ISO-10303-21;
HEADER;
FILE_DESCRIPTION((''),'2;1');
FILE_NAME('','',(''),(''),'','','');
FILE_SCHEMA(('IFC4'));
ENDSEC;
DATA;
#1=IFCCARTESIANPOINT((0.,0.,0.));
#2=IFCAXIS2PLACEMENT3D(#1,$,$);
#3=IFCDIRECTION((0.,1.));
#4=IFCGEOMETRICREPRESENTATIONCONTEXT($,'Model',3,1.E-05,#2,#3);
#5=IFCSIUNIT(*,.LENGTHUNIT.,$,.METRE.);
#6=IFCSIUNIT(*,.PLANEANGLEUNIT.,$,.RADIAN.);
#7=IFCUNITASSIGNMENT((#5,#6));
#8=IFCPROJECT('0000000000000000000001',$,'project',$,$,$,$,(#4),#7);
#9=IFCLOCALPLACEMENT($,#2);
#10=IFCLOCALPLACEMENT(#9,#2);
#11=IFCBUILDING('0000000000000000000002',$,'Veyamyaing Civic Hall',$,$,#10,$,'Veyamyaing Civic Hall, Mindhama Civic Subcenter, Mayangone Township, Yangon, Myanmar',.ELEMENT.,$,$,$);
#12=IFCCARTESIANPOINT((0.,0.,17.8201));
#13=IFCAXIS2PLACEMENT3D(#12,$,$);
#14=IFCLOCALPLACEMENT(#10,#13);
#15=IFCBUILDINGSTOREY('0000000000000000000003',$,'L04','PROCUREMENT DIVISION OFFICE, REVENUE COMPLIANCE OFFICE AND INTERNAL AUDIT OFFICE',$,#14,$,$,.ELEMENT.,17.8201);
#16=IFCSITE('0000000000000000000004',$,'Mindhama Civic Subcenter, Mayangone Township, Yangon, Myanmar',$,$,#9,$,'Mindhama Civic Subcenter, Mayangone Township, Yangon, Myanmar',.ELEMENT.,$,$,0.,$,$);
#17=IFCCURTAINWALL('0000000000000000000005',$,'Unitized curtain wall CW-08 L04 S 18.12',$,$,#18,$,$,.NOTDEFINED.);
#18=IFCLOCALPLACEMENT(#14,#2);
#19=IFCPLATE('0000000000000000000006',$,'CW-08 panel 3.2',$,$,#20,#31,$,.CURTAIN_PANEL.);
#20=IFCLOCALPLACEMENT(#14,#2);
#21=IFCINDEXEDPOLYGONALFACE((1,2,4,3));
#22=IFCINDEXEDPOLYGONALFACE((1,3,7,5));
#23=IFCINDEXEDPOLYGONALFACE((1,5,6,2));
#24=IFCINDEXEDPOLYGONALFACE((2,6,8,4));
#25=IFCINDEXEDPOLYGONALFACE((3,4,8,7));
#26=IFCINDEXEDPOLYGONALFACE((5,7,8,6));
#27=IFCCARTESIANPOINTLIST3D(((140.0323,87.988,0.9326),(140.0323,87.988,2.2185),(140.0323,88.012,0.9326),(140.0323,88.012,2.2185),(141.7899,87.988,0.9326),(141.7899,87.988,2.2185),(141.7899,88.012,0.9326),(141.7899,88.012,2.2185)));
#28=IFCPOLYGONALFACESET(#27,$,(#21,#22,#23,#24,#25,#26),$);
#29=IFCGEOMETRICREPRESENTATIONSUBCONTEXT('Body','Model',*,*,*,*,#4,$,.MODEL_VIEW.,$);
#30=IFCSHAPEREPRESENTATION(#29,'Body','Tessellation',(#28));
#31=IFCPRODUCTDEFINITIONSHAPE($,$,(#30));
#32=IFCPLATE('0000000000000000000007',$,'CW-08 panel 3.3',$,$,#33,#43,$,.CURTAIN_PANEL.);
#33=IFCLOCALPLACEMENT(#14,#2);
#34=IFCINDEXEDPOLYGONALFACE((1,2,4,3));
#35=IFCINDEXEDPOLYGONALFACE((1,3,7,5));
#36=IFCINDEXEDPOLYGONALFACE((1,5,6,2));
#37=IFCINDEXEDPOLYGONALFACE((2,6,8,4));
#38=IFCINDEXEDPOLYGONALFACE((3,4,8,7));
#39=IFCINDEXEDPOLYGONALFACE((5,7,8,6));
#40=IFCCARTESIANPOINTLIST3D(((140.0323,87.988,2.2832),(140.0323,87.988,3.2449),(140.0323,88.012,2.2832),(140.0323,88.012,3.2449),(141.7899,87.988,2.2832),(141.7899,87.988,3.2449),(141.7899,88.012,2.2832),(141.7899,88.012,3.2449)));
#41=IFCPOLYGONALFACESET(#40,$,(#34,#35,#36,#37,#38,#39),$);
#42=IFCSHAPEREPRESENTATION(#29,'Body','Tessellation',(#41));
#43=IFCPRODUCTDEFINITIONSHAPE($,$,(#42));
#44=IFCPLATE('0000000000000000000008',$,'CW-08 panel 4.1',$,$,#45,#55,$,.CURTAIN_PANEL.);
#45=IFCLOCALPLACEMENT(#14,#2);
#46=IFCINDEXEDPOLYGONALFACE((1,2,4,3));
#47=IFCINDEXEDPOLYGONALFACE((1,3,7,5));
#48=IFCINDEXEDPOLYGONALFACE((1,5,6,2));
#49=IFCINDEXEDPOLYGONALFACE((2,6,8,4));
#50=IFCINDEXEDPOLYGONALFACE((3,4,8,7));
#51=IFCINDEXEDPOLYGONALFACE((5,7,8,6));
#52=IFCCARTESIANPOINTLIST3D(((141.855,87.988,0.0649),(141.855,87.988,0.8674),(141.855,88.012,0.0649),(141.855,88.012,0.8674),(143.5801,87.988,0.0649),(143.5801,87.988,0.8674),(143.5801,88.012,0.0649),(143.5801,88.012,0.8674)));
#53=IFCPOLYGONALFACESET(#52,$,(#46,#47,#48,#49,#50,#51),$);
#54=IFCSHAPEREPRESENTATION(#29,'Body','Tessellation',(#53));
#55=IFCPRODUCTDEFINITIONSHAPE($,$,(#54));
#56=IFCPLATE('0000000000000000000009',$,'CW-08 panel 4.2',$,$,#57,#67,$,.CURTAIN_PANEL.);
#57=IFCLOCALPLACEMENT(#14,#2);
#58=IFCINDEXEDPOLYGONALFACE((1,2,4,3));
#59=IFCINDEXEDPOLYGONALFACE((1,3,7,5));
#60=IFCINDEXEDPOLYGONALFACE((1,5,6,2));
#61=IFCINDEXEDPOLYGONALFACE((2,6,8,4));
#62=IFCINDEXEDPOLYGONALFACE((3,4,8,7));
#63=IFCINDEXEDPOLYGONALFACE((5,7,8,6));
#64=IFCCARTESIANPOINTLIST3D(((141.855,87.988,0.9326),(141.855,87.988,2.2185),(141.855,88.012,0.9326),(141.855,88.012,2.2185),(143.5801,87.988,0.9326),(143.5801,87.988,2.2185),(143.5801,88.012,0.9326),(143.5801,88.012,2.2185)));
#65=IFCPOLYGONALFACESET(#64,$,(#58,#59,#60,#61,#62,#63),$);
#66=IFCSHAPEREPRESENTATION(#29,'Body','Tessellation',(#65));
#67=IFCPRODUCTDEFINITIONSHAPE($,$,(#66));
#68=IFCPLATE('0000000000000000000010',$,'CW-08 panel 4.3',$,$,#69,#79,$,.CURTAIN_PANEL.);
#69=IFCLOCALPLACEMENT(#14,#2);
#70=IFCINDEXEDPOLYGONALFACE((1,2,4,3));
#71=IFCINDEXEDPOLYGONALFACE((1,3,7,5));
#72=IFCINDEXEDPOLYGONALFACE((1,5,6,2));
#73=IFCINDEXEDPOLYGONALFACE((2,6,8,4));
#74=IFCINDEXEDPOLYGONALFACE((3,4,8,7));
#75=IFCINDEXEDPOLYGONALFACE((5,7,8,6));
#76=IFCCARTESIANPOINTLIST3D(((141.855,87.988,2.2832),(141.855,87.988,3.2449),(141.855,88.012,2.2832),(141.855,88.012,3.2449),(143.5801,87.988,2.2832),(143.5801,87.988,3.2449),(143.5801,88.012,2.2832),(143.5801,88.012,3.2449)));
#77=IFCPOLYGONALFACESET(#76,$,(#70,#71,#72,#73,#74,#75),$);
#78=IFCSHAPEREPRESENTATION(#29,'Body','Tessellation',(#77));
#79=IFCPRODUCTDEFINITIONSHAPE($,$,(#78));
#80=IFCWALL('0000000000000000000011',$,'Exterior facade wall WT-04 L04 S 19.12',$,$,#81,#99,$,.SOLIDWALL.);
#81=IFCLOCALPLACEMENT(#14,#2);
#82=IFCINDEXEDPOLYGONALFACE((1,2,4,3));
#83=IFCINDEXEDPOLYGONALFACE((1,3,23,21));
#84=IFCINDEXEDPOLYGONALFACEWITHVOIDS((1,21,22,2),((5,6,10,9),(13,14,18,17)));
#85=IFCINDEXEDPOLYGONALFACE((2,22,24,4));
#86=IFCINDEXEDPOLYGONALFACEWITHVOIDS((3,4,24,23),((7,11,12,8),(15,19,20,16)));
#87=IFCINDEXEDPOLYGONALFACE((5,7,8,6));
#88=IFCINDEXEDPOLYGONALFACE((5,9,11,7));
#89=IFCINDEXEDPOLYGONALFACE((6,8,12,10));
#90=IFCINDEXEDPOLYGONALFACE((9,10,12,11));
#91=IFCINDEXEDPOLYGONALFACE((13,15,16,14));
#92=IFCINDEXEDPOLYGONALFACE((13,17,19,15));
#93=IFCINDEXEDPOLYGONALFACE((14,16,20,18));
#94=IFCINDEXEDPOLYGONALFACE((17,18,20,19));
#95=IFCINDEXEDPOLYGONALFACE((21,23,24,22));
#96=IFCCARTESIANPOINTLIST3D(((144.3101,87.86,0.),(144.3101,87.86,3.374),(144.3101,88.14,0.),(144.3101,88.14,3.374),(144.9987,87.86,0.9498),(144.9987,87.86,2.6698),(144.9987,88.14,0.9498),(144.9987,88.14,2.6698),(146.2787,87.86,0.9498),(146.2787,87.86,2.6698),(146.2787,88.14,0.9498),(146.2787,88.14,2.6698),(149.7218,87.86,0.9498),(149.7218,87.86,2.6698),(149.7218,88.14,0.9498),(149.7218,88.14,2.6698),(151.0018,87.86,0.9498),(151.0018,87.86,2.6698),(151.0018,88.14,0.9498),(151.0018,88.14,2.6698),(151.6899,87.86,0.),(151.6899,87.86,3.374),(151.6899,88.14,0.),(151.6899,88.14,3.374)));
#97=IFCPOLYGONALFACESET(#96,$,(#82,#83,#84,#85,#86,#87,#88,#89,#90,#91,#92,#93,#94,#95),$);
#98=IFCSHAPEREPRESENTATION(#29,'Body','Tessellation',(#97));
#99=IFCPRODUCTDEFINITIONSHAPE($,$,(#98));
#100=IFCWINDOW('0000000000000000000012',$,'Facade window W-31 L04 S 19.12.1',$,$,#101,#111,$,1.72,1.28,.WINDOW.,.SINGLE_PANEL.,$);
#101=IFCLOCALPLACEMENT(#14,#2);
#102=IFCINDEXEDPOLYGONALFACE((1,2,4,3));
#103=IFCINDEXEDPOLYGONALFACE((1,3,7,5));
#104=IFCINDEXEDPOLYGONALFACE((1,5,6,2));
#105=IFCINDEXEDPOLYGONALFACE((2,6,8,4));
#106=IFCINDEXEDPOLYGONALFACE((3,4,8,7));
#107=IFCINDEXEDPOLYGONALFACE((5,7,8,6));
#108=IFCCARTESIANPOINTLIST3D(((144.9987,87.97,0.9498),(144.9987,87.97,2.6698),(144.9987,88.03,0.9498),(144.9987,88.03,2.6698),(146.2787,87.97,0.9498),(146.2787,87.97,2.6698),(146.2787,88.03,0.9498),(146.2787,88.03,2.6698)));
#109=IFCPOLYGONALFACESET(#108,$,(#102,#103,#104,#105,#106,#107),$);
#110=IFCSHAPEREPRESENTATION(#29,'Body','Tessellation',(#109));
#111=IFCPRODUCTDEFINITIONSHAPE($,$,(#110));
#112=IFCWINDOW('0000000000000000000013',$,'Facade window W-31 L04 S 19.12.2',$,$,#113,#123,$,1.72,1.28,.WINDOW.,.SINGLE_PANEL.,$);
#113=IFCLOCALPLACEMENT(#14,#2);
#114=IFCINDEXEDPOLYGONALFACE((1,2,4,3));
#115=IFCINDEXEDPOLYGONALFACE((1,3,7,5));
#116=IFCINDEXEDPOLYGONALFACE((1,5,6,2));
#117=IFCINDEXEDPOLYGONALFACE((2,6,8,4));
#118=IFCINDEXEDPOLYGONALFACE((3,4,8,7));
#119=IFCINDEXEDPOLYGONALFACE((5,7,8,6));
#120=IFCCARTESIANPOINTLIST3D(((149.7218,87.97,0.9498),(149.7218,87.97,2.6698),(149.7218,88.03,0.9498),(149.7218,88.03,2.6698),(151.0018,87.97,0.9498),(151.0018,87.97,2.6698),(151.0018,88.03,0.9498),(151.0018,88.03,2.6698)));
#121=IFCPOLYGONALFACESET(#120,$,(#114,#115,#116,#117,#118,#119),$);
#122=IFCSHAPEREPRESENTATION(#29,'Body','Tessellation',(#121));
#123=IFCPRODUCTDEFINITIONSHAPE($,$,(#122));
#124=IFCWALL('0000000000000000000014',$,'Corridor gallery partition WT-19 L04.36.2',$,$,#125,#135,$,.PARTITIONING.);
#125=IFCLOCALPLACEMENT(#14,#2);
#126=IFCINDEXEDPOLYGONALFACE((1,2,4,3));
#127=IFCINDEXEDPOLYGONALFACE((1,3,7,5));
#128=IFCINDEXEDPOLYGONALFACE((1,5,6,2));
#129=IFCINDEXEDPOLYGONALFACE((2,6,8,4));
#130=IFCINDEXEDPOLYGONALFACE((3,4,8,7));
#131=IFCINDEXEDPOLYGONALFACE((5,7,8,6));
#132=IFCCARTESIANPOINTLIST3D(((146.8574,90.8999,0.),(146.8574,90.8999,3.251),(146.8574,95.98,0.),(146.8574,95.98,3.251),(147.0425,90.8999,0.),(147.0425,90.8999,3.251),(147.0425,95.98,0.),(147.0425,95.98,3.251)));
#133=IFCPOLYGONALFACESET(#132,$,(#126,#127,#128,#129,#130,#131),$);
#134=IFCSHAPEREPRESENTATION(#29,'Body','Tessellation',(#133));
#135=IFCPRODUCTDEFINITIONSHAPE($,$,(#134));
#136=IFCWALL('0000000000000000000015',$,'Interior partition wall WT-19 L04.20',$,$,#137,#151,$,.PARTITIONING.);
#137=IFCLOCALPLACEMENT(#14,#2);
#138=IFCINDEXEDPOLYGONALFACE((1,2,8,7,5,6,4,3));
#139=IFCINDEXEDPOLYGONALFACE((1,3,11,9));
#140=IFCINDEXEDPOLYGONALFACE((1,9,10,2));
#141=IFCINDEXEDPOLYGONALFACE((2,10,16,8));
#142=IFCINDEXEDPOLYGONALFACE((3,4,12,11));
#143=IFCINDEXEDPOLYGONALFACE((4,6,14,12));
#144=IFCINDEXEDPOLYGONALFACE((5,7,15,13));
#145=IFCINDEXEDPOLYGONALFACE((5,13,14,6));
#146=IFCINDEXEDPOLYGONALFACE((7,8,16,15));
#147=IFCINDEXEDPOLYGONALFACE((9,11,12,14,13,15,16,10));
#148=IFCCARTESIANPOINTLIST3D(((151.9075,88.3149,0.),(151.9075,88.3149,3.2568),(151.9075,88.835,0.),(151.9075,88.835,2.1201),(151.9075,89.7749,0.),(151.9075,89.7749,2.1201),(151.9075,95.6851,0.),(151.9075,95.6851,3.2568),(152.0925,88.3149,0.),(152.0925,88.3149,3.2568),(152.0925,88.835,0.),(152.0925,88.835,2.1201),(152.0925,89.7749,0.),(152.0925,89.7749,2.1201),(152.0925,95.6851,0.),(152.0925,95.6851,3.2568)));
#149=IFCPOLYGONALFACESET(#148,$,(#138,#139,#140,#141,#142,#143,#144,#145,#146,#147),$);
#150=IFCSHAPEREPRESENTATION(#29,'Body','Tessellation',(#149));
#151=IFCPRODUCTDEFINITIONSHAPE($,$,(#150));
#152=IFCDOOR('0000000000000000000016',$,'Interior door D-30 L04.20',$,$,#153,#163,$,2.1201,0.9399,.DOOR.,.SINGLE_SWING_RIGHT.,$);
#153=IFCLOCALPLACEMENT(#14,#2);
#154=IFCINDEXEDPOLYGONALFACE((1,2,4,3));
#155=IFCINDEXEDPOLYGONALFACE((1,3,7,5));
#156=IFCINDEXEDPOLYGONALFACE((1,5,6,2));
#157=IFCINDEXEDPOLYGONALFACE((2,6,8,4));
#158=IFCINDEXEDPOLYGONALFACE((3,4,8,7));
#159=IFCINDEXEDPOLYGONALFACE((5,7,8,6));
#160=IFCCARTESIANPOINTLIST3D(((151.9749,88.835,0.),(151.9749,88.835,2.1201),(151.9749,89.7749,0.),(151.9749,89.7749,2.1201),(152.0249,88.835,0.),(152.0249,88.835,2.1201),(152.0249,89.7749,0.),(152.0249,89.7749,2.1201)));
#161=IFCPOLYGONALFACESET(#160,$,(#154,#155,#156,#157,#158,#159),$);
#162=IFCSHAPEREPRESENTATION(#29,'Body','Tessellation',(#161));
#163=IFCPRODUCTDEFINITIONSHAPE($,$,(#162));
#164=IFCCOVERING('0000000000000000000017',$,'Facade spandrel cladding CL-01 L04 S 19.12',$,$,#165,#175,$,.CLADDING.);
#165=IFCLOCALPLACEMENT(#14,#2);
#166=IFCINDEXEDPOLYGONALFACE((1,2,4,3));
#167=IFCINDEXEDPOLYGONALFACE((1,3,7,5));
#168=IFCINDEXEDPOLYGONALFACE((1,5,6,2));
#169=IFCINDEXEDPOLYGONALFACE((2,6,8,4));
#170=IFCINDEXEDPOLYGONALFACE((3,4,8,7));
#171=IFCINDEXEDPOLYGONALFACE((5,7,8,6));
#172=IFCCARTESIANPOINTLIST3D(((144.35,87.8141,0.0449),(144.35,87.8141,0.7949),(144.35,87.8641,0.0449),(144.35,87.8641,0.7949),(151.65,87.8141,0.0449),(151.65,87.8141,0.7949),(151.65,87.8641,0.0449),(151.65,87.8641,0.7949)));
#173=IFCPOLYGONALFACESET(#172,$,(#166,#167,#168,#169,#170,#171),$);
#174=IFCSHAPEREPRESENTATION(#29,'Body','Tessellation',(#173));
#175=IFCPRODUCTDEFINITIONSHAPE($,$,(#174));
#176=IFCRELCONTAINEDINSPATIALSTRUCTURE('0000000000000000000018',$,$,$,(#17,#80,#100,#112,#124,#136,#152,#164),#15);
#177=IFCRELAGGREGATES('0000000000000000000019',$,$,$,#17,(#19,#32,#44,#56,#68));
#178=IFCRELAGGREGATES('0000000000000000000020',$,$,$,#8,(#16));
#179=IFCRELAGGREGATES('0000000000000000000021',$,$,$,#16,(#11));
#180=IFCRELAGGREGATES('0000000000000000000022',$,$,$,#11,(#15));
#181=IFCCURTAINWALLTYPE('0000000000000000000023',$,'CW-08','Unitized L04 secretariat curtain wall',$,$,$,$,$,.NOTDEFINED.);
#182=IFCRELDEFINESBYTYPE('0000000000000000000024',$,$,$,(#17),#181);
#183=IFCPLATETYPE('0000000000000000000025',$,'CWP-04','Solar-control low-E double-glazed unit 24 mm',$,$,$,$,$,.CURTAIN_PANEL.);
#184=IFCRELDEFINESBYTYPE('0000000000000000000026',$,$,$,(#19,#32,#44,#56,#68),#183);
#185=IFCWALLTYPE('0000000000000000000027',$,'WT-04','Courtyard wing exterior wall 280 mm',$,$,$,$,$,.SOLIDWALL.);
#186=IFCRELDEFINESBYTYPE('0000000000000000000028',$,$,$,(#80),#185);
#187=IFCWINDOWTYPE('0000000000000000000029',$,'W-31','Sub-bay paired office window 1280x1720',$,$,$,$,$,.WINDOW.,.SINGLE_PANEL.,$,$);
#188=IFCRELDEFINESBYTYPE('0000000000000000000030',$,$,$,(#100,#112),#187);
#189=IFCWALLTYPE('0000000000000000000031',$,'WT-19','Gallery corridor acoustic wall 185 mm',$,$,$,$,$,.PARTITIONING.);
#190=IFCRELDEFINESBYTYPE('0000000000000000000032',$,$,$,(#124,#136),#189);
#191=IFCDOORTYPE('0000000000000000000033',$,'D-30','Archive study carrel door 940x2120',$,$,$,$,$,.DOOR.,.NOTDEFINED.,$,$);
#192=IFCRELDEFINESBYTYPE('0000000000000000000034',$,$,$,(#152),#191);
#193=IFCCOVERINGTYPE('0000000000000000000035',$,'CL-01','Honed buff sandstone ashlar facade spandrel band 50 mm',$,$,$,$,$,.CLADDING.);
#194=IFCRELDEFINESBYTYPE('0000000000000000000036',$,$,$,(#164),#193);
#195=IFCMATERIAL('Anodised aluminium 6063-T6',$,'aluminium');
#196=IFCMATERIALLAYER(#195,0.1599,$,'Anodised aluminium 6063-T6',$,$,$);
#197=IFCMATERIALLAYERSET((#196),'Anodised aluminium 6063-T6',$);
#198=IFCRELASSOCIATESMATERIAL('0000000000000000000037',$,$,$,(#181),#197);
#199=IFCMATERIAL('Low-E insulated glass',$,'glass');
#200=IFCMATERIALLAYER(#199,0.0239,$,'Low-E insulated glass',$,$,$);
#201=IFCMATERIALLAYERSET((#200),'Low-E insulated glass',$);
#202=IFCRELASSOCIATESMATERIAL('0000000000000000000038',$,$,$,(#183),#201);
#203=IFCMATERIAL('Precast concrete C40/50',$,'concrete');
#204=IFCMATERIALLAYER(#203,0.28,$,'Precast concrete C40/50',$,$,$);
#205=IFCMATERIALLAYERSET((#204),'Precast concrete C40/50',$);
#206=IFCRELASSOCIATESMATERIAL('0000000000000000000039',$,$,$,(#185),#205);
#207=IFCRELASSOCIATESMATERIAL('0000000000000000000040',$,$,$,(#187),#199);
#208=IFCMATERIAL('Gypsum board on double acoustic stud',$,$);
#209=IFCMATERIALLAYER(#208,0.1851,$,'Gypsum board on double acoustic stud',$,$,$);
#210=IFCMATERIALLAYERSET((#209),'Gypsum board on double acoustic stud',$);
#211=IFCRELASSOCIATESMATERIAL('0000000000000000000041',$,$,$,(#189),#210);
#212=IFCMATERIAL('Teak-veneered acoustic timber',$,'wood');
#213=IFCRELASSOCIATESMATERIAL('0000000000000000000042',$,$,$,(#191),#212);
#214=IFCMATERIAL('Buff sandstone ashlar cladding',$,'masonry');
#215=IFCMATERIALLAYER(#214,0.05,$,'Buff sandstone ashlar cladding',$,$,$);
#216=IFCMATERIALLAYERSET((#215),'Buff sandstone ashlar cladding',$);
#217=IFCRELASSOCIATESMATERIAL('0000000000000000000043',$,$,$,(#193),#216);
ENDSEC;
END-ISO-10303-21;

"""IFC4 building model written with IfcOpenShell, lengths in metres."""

from ifc_helpers import new_model, si_unit, direction, frame, frame_2d, origin, origin_2d, place, context, subcontext, project, spatial, rectangle, extrude, material, layer, layer_set, type_object, element, fill, aggregate, save


model = new_model("IFC4")

# Units and contexts
model_context = context("Model", 3, precision=1e-05, world=origin(), true_north=direction((0.0, 1.0)))
body_context = subcontext(model_context, "Body", "Model", "MODEL_VIEW")
ifc_project = project(units=[si_unit("LENGTHUNIT", "METRE"), si_unit("PLANEANGLEUNIT", "RADIAN")], contexts=[model_context])

# Site, building, storey
site_placement = place(None, origin())
site = spatial("IfcSite", under=ifc_project, at=site_placement, Name="Mindhama Civic Subcenter, Mayangone Township, Yangon, Myanmar", LongName="Mindhama Civic Subcenter, Mayangone Township, Yangon, Myanmar", CompositionType="ELEMENT", RefElevation=0.0)
building_placement = place(site_placement, origin())
building = spatial("IfcBuilding", under=site, at=building_placement, Name="Veyamyaing Civic Hall", LongName="Veyamyaing Civic Hall, Mindhama Civic Subcenter, Mayangone Township, Yangon, Myanmar", CompositionType="ELEMENT")
storey_placement = place(building_placement, frame((0.0, 0.0, 17.8201)))
storey = spatial("IfcBuildingStorey", under=building, at=storey_placement, Name="L04", Description="PROCUREMENT DIVISION OFFICE, REVENUE COMPLIANCE OFFICE AND INTERNAL AUDIT OFFICE", CompositionType="ELEMENT", Elevation=17.8201)

# Curtain wall
ifc_material_1 = material(Name="Anodised aluminium 6063-T6", Category="aluminium")
ifc_layer_1 = layer(ifc_material_1, 0.1599, Name="Anodised aluminium 6063-T6")
ifc_layer_set_1 = layer_set([ifc_layer_1], Name="Anodised aluminium 6063-T6")
curtain_wall_type = type_object("IfcCurtainWallType", Name="CW-08", Description="Unitized L04 secretariat curtain wall", PredefinedType="NOTDEFINED", material=ifc_layer_set_1)
curtain_wall_placement = place(storey_placement, origin())
curtain_wall = element("IfcCurtainWall", 1, at=curtain_wall_placement, inside=storey, type_object=curtain_wall_type, Name="Unitized curtain wall CW-08 L04 S 18.12", PredefinedType="NOTDEFINED")

# Plates
ifc_material_2 = material(Name="Low-E insulated glass", Category="glass")
ifc_layer_2 = layer(ifc_material_2, 0.0239, Name="Low-E insulated glass")
ifc_layer_set_2 = layer_set([ifc_layer_2], Name="Low-E insulated glass")
plate_type = type_object("IfcPlateType", Name="CWP-04", Description="Solar-control low-E double-glazed unit 24 mm", PredefinedType="CURTAIN_PANEL", material=ifc_layer_set_2)
plate_1_placement = place(storey_placement, frame((140.9111, 88.0, 0.9326), z_axis=(0.0, 0.0, 1.0), x_axis=(1.0, 0.0, 0.0)))
plate_1 = element("IfcPlate", 2, at=plate_1_placement, type_object=plate_type, Name="CW-08 panel 3.2", PredefinedType="CURTAIN_PANEL", context=body_context, shape_type="SweptSolid", body=[
    extrude(rectangle(XDim=1.7576, YDim=0.0239, at=origin_2d()), origin(), (0.0, 0.0, 1.0), 1.2859),
])
plate_2_placement = place(storey_placement, frame((140.9111, 88.0, 2.2832), z_axis=(0.0, 0.0, 1.0), x_axis=(1.0, 0.0, 0.0)))
plate_2 = element("IfcPlate", 3, at=plate_2_placement, type_object=plate_type, Name="CW-08 panel 3.3", PredefinedType="CURTAIN_PANEL", context=body_context, shape_type="SweptSolid", body=[
    extrude(rectangle(XDim=1.7576, YDim=0.0239, at=origin_2d()), origin(), (0.0, 0.0, 1.0), 0.9617),
])
plate_3_placement = place(storey_placement, frame((142.7175, 88.0, 0.0649), z_axis=(0.0, 0.0, 1.0), x_axis=(1.0, 0.0, 0.0)))
plate_3 = element("IfcPlate", 4, at=plate_3_placement, type_object=plate_type, Name="CW-08 panel 4.1", PredefinedType="CURTAIN_PANEL", context=body_context, shape_type="SweptSolid", body=[
    extrude(rectangle(XDim=1.7251, YDim=0.0239, at=origin_2d()), origin(), (0.0, 0.0, 1.0), 0.8025),
])
plate_4_placement = place(storey_placement, frame((142.7175, 88.0, 0.9326), z_axis=(0.0, 0.0, 1.0), x_axis=(1.0, 0.0, 0.0)))
plate_4 = element("IfcPlate", 5, at=plate_4_placement, type_object=plate_type, Name="CW-08 panel 4.2", PredefinedType="CURTAIN_PANEL", context=body_context, shape_type="SweptSolid", body=[
    extrude(rectangle(XDim=1.7251, YDim=0.0239, at=origin_2d()), origin(), (0.0, 0.0, 1.0), 1.2859),
])
plate_5_placement = place(storey_placement, frame((142.7175, 88.0, 2.2832), z_axis=(0.0, 0.0, 1.0), x_axis=(1.0, 0.0, 0.0)))
plate_5 = element("IfcPlate", 6, at=plate_5_placement, type_object=plate_type, Name="CW-08 panel 4.3", PredefinedType="CURTAIN_PANEL", context=body_context, shape_type="SweptSolid", body=[
    extrude(rectangle(XDim=1.7251, YDim=0.0239, at=origin_2d()), origin(), (0.0, 0.0, 1.0), 0.9617),
])
aggregate(curtain_wall, [plate_1, plate_2, plate_3, plate_4, plate_5])

# Wall, openings, windows
ifc_material_3 = material(Name="Precast concrete C40/50", Category="concrete")
ifc_layer_3 = layer(ifc_material_3, 0.28, Name="Precast concrete C40/50")
ifc_layer_set_3 = layer_set([ifc_layer_3], Name="Precast concrete C40/50")
wall_type_1 = type_object("IfcWallType", Name="WT-04", Description="Courtyard wing exterior wall 280 mm", PredefinedType="SOLIDWALL", material=ifc_layer_set_3)
wall_1_placement = place(storey_placement, frame((144.3101, 88.0, 0.0), z_axis=(0.0, 0.0, 1.0), x_axis=(1.0, 0.0, 0.0)))
wall_1 = element("IfcWall", 7, at=wall_1_placement, inside=storey, type_object=wall_type_1, Name="Exterior facade wall WT-04 L04 S 19.12", PredefinedType="SOLIDWALL", context=body_context, shape_type="SweptSolid", body=[
    extrude(rectangle(XDim=7.3799, YDim=0.28, at=frame_2d((3.6899, 0.0))), origin(), (0.0, 0.0, 1.0), 3.374),
])
opening_1_placement = place(wall_1_placement, frame((0.6885, 0.0, 0.95)))
opening_1 = element("IfcOpeningElement", 8, at=opening_1_placement, cuts=wall_1, PredefinedType="OPENING", context=body_context, shape_type="SweptSolid", body=[
    extrude(rectangle(XDim=1.28, YDim=1.72, at=frame_2d((0.6401, 0.8599))), frame((0.0, 0.1499, 0.0), z_axis=(0.0, -1.0, 0.0), x_axis=(1.0, 0.0, 0.0)), (0.0, 0.0, 1.0), 0.3),
])
opening_2_placement = place(wall_1_placement, frame((5.4116, 0.0, 0.95)))
opening_2 = element("IfcOpeningElement", 9, at=opening_2_placement, cuts=wall_1, PredefinedType="OPENING", context=body_context, shape_type="SweptSolid", body=[
    extrude(rectangle(XDim=1.28, YDim=1.72, at=frame_2d((0.6401, 0.8599))), frame((0.0, 0.1499, 0.0), z_axis=(0.0, -1.0, 0.0), x_axis=(1.0, 0.0, 0.0)), (0.0, 0.0, 1.0), 0.3),
])
window_type = type_object("IfcWindowType", Name="W-31", Description="Sub-bay paired office window 1280x1720", PartitioningType="SINGLE_PANEL", PredefinedType="WINDOW", material=ifc_material_2)
window_1_placement = place(opening_1_placement, origin())
window_1 = element("IfcWindow", 10, at=window_1_placement, inside=storey, type_object=window_type, Name="Facade window W-31 L04 S 19.12.1", OverallHeight=1.72, OverallWidth=1.28, PartitioningType="SINGLE_PANEL", PredefinedType="WINDOW", context=body_context, shape_type="SweptSolid", body=[
    extrude(rectangle(XDim=1.28, YDim=1.72, at=frame_2d((0.6401, 0.8599))), frame((0.0, 0.03, 0.0), z_axis=(0.0, -1.0, 0.0), x_axis=(1.0, 0.0, 0.0)), (0.0, 0.0, 1.0), 0.0601),
])
fill(opening_1, window_1)
window_2_placement = place(opening_2_placement, origin())
window_2 = element("IfcWindow", 11, at=window_2_placement, inside=storey, type_object=window_type, Name="Facade window W-31 L04 S 19.12.2", OverallHeight=1.72, OverallWidth=1.28, PartitioningType="SINGLE_PANEL", PredefinedType="WINDOW", context=body_context, shape_type="SweptSolid", body=[
    extrude(rectangle(XDim=1.28, YDim=1.72, at=frame_2d((0.6401, 0.8599))), frame((0.0, 0.03, 0.0), z_axis=(0.0, -1.0, 0.0), x_axis=(1.0, 0.0, 0.0)), (0.0, 0.0, 1.0), 0.0601),
])
fill(opening_2, window_2)

# Shared definitions
ifc_material_4 = material(Name="Gypsum board on double acoustic stud")
ifc_layer_4 = layer(ifc_material_4, 0.1851, Name="Gypsum board on double acoustic stud")
ifc_layer_set_4 = layer_set([ifc_layer_4], Name="Gypsum board on double acoustic stud")
wall_type_2 = type_object("IfcWallType", Name="WT-19", Description="Gallery corridor acoustic wall 185 mm", PredefinedType="PARTITIONING", material=ifc_layer_set_4)
ifc_material_5 = material(Name="Teak-veneered acoustic timber", Category="wood")

# Wall
wall_2_placement = place(storey_placement, frame((146.95, 90.8999, 0.0), z_axis=(0.0, 0.0, 1.0), x_axis=(0.0, 1.0, 0.0)))
element("IfcWall", 12, at=wall_2_placement, inside=storey, type_object=wall_type_2, Name="Corridor gallery partition WT-19 L04.36.2", PredefinedType="PARTITIONING", context=body_context, shape_type="SweptSolid", body=[
    extrude(rectangle(XDim=5.0801, YDim=0.1851, at=frame_2d((2.54, 0.0))), origin(), (0.0, 0.0, 1.0), 3.251),
])

# Wall, opening, door
wall_3_placement = place(storey_placement, frame((152.0, 88.3149, 0.0), z_axis=(0.0, 0.0, 1.0), x_axis=(0.0, 1.0, 0.0)))
wall_3 = element("IfcWall", 13, at=wall_3_placement, inside=storey, type_object=wall_type_2, Name="Interior partition wall WT-19 L04.20", PredefinedType="PARTITIONING", context=body_context, shape_type="SweptSolid", body=[
    extrude(rectangle(XDim=7.3701, YDim=0.1851, at=frame_2d((3.6851, 0.0))), origin(), (0.0, 0.0, 1.0), 3.2568),
])
opening_3_placement = place(wall_3_placement, frame((0.52, 0.0, 0.0)))
opening_3 = element("IfcOpeningElement", 14, at=opening_3_placement, cuts=wall_3, PredefinedType="OPENING", context=body_context, shape_type="SweptSolid", body=[
    extrude(rectangle(XDim=0.9399, YDim=2.1201, at=frame_2d((0.47, 1.0601))), frame((0.0, 0.1025, 0.0), z_axis=(0.0, -1.0, 0.0), x_axis=(1.0, 0.0, 0.0)), (0.0, 0.0, 1.0), 0.2051),
])
door_type_1 = type_object("IfcDoorType", Name="D-30", Description="Archive study carrel door 940x2120", OperationType="NOTDEFINED", PredefinedType="DOOR", material=ifc_material_5)
door_1_placement = place(opening_3_placement, frame((0.9399, 0.0, 0.0), z_axis=(0.0, 0.0, 1.0), x_axis=(-1.0, 0.0, 0.0)))
door_1 = element("IfcDoor", 15, at=door_1_placement, inside=storey, type_object=door_type_1, Name="Interior door D-30 L04.20", OperationType="SINGLE_SWING_RIGHT", OverallHeight=2.1201, OverallWidth=0.9399, PredefinedType="DOOR", context=body_context, shape_type="SweptSolid", body=[
    extrude(rectangle(XDim=0.9399, YDim=2.1201, at=frame_2d((0.47, 1.0601))), frame((0.0, 0.0249, 0.0), z_axis=(0.0, -1.0, 0.0), x_axis=(1.0, 0.0, 0.0)), (0.0, 0.0, 1.0), 0.05),
])
fill(opening_3, door_1)

# Covering
ifc_material_6 = material(Name="Buff sandstone ashlar cladding", Category="masonry")
ifc_layer_5 = layer(ifc_material_6, 0.05, Name="Buff sandstone ashlar cladding")
ifc_layer_set_5 = layer_set([ifc_layer_5], Name="Buff sandstone ashlar cladding")
covering_type_1 = type_object("IfcCoveringType", Name="CL-01", Description="Honed buff sandstone ashlar facade spandrel band 50 mm", PredefinedType="CLADDING", material=ifc_layer_set_5)
covering_placement = place(storey_placement, frame((148.0, 87.8391, 0.0449), z_axis=(0.0, 0.0, 1.0), x_axis=(1.0, 0.0, 0.0)))
element("IfcCovering", 16, at=covering_placement, inside=storey, type_object=covering_type_1, Name="Facade spandrel cladding CL-01 L04 S 19.12", PredefinedType="CLADDING", context=body_context, shape_type="SweptSolid", body=[
    extrude(rectangle(XDim=7.3, YDim=0.05, at=origin_2d()), origin(), (0.0, 0.0, 1.0), 0.75),
])

save(model, "model.ifc")
